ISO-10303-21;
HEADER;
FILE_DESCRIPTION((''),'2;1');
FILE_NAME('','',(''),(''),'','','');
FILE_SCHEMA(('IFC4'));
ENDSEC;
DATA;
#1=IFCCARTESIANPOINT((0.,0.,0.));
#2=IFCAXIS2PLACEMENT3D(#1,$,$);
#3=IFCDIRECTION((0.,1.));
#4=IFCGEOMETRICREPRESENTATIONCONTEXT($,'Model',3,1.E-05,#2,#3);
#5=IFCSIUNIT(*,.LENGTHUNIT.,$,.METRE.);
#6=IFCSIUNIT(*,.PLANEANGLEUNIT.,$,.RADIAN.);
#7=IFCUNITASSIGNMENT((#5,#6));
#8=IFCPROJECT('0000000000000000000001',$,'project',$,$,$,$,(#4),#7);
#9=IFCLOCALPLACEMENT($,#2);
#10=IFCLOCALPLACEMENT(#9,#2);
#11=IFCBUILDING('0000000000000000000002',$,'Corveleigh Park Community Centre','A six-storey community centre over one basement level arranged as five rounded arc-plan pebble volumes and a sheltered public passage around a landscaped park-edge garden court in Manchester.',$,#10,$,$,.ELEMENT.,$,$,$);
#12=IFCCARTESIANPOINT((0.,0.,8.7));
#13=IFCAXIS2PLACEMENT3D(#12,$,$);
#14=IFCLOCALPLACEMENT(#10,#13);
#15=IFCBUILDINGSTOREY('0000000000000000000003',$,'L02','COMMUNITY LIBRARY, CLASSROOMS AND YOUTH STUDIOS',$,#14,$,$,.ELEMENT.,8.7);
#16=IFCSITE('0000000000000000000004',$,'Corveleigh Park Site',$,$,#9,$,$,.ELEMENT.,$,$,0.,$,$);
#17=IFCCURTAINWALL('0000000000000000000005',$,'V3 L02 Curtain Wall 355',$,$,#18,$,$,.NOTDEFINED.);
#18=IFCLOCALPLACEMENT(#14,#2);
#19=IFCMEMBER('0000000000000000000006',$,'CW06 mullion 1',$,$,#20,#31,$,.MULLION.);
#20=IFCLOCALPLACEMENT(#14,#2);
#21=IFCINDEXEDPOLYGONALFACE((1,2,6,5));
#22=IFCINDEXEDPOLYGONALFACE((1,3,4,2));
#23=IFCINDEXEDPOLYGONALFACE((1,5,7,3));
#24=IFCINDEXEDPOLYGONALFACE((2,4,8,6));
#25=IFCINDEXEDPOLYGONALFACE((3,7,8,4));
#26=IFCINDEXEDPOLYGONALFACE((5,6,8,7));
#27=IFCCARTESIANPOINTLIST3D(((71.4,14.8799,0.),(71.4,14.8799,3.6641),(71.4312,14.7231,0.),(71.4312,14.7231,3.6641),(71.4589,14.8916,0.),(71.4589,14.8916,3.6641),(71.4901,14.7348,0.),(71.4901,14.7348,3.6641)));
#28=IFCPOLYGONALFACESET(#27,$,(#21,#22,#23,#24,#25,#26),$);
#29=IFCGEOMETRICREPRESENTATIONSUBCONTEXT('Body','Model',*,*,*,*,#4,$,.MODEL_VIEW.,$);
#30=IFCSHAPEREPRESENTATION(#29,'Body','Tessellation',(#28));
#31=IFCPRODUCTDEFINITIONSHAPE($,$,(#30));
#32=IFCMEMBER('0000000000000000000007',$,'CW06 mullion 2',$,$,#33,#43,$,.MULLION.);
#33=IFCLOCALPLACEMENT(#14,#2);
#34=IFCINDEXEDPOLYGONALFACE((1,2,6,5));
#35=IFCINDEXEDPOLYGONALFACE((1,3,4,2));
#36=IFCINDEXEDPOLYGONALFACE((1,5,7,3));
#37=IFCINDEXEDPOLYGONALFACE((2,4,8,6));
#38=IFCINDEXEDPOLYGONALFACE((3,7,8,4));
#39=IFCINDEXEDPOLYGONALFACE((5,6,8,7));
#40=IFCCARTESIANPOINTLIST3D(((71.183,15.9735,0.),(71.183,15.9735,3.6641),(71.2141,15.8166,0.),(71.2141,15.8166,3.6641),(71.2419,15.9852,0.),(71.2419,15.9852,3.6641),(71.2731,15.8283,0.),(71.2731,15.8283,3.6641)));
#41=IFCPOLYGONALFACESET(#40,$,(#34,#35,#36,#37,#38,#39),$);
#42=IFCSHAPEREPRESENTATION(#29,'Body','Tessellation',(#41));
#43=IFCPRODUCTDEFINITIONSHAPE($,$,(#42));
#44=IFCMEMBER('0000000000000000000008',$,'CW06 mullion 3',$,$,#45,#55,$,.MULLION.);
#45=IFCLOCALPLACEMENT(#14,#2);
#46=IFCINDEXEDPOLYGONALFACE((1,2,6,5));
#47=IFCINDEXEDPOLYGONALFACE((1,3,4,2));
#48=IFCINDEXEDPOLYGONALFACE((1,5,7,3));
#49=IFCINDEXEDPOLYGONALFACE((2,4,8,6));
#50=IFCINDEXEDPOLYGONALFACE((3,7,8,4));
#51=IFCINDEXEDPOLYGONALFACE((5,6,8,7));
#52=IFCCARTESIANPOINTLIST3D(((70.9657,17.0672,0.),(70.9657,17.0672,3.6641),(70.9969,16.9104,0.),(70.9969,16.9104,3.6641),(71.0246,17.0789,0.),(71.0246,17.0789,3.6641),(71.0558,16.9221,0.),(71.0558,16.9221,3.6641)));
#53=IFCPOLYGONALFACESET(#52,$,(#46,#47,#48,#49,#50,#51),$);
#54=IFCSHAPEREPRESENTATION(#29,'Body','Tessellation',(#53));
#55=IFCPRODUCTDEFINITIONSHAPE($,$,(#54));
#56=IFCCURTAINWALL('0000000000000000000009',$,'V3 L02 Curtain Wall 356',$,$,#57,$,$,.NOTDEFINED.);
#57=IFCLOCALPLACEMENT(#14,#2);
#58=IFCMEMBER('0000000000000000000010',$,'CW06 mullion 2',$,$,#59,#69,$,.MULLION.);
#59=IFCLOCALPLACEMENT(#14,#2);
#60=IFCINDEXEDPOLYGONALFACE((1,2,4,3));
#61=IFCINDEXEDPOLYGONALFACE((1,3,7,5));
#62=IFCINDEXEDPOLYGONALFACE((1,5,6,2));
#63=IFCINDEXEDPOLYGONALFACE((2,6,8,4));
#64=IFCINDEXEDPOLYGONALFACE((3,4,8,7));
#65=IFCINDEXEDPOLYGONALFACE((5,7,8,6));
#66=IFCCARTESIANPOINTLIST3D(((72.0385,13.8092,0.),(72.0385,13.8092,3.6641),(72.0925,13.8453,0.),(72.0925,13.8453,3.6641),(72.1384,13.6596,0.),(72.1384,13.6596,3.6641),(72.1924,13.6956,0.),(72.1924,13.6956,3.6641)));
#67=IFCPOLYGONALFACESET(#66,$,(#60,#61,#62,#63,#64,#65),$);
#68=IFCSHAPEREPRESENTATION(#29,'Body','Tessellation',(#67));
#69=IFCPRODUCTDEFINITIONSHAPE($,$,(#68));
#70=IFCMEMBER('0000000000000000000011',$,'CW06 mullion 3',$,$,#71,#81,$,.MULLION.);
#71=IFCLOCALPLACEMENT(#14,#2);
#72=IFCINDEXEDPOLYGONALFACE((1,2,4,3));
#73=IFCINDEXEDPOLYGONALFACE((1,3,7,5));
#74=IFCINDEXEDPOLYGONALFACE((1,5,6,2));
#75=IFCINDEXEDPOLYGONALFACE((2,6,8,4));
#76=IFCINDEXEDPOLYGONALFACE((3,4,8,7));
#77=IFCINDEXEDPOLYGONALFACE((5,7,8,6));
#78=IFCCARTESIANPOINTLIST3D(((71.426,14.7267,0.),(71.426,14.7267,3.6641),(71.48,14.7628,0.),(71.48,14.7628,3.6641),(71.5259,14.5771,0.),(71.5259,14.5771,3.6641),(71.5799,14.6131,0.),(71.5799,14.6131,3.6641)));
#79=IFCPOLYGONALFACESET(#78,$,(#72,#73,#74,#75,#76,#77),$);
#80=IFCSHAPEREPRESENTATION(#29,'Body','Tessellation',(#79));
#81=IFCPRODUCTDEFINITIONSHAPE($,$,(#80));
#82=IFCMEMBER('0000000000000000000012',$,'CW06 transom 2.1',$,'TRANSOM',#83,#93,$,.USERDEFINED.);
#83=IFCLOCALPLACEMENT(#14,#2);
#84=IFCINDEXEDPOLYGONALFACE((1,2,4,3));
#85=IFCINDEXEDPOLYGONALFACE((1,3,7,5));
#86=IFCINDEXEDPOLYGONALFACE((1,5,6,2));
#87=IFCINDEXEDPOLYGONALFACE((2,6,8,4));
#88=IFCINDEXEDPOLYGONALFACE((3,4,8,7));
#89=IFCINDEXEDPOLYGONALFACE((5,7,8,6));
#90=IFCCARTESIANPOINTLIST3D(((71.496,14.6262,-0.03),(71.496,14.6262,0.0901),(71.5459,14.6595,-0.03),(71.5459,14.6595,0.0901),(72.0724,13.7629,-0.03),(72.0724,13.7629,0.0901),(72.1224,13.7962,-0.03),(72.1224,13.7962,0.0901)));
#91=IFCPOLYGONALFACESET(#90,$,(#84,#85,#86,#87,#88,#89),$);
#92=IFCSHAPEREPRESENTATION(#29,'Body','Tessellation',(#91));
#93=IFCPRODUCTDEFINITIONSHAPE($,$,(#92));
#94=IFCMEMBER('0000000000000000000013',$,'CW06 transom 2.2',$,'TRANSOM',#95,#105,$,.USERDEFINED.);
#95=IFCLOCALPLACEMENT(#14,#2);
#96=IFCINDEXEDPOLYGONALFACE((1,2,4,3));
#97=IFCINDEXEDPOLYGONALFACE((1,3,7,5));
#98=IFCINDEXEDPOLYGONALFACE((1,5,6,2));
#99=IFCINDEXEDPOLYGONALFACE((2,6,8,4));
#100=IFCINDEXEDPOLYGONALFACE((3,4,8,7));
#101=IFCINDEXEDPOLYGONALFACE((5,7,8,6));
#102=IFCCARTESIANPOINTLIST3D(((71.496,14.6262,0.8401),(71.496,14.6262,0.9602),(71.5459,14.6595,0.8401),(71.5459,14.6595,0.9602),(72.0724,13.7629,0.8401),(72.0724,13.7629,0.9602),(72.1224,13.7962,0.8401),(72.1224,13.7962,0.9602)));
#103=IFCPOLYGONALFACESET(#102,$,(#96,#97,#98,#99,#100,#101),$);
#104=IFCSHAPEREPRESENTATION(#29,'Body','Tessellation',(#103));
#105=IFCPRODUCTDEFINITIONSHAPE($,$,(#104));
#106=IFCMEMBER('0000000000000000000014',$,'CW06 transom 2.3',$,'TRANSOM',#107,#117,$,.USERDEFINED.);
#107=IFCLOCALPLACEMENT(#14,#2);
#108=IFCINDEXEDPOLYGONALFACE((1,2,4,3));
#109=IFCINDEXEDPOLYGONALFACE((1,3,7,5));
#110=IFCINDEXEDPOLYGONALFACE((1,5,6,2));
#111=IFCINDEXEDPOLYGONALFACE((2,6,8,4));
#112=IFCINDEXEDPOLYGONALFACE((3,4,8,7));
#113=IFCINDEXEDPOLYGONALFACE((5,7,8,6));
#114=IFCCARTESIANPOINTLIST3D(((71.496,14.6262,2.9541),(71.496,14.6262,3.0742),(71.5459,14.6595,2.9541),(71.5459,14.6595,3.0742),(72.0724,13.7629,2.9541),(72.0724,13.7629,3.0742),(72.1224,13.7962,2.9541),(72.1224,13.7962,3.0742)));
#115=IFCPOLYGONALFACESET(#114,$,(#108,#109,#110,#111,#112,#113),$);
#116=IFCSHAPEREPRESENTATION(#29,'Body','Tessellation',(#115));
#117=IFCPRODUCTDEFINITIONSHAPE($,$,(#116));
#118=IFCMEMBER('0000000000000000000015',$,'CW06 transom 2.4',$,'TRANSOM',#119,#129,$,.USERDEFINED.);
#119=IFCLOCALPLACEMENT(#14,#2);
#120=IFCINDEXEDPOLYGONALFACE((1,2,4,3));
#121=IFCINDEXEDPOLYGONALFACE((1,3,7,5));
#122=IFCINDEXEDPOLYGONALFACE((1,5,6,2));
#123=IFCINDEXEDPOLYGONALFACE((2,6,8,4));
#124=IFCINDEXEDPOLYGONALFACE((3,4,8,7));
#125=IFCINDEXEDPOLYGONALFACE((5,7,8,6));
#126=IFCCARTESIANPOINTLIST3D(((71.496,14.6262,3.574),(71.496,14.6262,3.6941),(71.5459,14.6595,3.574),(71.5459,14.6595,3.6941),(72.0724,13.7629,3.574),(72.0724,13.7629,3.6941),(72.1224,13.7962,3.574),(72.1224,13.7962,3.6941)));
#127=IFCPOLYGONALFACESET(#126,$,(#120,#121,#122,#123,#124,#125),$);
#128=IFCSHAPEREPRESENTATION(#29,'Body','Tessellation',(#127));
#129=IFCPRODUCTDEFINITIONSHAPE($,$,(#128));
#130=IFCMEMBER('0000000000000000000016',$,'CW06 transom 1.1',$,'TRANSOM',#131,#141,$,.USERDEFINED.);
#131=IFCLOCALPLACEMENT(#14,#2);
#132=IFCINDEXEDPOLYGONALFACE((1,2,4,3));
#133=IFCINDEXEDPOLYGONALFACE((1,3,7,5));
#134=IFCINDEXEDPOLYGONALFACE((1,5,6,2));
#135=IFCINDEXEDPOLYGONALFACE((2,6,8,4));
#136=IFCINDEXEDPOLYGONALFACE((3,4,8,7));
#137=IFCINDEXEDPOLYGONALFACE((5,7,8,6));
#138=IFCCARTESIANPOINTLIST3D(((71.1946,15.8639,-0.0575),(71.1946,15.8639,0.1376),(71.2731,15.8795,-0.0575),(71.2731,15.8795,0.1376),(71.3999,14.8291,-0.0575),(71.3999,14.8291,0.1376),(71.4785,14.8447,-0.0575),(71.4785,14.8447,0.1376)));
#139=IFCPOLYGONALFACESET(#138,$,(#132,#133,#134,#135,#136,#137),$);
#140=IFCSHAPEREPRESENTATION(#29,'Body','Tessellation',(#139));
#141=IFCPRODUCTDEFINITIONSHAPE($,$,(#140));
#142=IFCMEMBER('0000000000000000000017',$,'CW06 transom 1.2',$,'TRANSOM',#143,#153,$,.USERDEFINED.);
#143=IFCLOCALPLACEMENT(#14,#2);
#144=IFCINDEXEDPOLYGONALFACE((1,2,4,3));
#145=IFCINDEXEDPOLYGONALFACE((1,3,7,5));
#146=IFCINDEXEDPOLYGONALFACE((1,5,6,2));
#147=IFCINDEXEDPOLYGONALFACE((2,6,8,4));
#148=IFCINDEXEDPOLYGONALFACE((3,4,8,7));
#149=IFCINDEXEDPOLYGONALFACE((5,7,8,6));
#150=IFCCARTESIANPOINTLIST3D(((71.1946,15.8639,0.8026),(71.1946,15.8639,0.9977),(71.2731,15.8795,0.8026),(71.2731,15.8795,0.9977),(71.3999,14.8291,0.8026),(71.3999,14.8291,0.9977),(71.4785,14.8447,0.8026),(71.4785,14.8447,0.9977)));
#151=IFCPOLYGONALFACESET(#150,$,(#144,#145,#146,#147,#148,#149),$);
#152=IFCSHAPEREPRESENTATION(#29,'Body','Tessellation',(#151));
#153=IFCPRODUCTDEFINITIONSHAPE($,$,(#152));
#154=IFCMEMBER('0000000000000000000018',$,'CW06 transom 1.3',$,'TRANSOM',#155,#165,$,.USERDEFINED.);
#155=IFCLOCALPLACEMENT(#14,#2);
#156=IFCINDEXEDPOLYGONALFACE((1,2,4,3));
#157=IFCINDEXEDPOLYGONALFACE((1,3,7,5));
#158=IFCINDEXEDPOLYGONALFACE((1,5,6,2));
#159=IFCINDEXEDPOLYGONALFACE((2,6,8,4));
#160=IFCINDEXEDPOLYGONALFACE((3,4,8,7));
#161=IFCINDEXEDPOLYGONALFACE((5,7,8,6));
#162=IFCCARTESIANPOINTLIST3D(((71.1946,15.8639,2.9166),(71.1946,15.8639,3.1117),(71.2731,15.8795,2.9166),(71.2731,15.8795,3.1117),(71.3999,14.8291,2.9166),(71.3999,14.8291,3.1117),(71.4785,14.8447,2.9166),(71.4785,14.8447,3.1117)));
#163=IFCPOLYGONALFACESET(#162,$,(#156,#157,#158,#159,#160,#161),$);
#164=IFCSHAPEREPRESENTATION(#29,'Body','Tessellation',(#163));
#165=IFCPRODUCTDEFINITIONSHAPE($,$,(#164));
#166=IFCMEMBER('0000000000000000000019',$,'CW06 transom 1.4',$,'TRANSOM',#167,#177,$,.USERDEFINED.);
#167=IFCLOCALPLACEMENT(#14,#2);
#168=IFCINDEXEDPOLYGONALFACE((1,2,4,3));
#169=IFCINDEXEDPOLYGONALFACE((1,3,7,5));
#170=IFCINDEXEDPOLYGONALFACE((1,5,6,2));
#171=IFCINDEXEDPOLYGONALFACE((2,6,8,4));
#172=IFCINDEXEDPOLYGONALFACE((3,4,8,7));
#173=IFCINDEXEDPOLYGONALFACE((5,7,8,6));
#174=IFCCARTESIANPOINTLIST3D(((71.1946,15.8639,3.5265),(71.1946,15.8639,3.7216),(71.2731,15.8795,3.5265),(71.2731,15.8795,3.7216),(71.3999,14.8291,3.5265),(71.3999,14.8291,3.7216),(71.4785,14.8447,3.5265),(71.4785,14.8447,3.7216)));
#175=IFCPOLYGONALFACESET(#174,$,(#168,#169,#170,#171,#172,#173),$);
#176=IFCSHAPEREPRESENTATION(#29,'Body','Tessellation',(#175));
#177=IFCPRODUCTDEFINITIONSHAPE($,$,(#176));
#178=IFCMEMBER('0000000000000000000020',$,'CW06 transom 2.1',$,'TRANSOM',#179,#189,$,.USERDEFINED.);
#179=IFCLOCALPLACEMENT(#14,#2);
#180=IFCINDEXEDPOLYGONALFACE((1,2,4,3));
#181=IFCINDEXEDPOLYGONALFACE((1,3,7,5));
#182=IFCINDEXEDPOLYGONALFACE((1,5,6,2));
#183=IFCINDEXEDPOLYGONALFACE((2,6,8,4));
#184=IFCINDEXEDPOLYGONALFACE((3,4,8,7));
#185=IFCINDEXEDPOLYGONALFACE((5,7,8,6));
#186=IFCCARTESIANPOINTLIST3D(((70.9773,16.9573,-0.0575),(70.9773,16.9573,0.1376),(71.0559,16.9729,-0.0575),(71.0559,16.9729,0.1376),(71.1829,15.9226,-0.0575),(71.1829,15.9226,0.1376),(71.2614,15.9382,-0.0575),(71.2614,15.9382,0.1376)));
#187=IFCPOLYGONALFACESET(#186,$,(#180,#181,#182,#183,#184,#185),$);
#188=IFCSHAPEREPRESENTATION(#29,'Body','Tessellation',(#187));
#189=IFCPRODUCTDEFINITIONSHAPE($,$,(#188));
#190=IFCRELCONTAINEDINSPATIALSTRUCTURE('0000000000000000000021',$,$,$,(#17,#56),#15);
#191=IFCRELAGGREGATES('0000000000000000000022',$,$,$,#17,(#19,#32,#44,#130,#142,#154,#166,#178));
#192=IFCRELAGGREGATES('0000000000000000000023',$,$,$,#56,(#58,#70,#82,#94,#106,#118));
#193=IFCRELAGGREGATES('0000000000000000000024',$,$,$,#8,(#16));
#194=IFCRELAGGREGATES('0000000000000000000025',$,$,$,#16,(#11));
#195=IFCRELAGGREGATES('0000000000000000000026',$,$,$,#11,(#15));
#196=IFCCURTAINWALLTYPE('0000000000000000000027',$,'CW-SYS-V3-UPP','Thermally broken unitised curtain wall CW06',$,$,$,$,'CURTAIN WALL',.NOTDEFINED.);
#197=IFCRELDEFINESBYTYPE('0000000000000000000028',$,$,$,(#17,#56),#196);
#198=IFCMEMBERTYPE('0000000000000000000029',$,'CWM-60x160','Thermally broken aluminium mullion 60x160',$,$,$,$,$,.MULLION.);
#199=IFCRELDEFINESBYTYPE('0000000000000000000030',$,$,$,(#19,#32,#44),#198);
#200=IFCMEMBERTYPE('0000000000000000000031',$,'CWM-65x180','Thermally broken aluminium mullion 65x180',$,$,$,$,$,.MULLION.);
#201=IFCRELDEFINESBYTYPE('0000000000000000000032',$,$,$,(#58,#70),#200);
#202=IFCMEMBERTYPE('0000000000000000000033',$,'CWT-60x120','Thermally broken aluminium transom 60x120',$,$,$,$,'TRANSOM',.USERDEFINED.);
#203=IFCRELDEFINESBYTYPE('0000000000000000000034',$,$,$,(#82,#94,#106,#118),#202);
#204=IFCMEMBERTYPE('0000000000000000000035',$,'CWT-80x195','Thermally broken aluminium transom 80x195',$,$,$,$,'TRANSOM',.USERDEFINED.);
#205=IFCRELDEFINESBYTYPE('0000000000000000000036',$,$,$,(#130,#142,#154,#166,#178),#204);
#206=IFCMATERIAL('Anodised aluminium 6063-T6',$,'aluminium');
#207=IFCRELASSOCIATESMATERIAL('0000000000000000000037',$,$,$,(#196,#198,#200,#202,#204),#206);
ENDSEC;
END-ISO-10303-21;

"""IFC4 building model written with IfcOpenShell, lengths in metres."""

from ifc_helpers import new_model, si_unit, direction, frame, origin, origin_2d, place, context, subcontext, project, spatial, rectangle, extrude, material, material_profile, profile_set, type_object, element, aggregate, save


model = new_model("IFC4")

# Units and contexts
model_context = context("Model", 3, precision=1e-05, world=origin(), true_north=direction((0.0, 1.0)))
body_context = subcontext(model_context, "Body", "Model", "MODEL_VIEW")
ifc_project = project(units=[si_unit("LENGTHUNIT", "METRE"), si_unit("PLANEANGLEUNIT", "RADIAN")], contexts=[model_context])

# Site, building, storey
site_placement = place(None, origin())
site = spatial("IfcSite", under=ifc_project, at=site_placement, Name="Corveleigh Park Site", CompositionType="ELEMENT", RefElevation=0.0)
building_placement = place(site_placement, origin())
building = spatial("IfcBuilding", under=site, at=building_placement, Name="Corveleigh Park Community Centre", Description="A six-storey community centre over one basement level arranged as five rounded arc-plan pebble volumes and a sheltered public passage around a landscaped park-edge garden court in Manchester.", CompositionType="ELEMENT")
storey_placement = place(building_placement, frame((0.0, 0.0, 8.7)))
storey = spatial("IfcBuildingStorey", under=building, at=storey_placement, Name="L02", Description="COMMUNITY LIBRARY, CLASSROOMS AND YOUTH STUDIOS", CompositionType="ELEMENT", Elevation=8.7)

# Curtain walls, members
ifc_material_1 = material(Name="Anodised aluminium 6063-T6", Category="aluminium")
curtain_wall_type = type_object("IfcCurtainWallType", Name="CW-SYS-V3-UPP", Description="Thermally broken unitised curtain wall CW06", ElementType="CURTAIN WALL", PredefinedType="NOTDEFINED", material=ifc_material_1)
curtain_wall_1_placement = place(storey_placement, origin())
curtain_wall_1 = element("IfcCurtainWall", 1, at=curtain_wall_1_placement, inside=storey, type_object=curtain_wall_type, Name="V3 L02 Curtain Wall 355", PredefinedType="NOTDEFINED")
ifc_material_profile_1 = material_profile(ifc_material_1, rectangle(XDim=0.0601, YDim=0.1599, at=origin_2d()), Name="ALU-M60x160", Category="aluminium")
ifc_profile_set_1 = profile_set([ifc_material_profile_1], Name="Anodised aluminium 6063-T6")
member_type_1 = type_object("IfcMemberType", Name="CWM-60x160", Description="Thermally broken aluminium mullion 60x160", PredefinedType="MULLION", material=ifc_profile_set_1)
member_1_placement = place(storey_placement, frame((71.4451, 14.8074, 0.0), z_axis=(0.0, 0.0, 1.0), x_axis=(-0.980848, -0.194772, 0.0)))
member_1 = element("IfcMember", 2, at=member_1_placement, type_object=member_type_1, Name="CW06 mullion 1", PredefinedType="MULLION", context=body_context, shape_type="SweptSolid", body=[
    extrude(rectangle(XDim=0.0601, YDim=0.1599, at=origin_2d()), origin(), (0.0, 0.0, 1.0), 3.6641),
])
member_2_placement = place(storey_placement, frame((71.228, 15.9009, 0.0), z_axis=(0.0, 0.0, 1.0), x_axis=(-0.980848, -0.194772, 0.0)))
member_2 = element("IfcMember", 3, at=member_2_placement, type_object=member_type_1, Name="CW06 mullion 2", PredefinedType="MULLION", context=body_context, shape_type="SweptSolid", body=[
    extrude(rectangle(XDim=0.0601, YDim=0.1599, at=origin_2d()), origin(), (0.0, 0.0, 1.0), 3.6641),
])
member_3_placement = place(storey_placement, frame((71.0107, 16.9946, 0.0), z_axis=(0.0, 0.0, 1.0), x_axis=(-0.980848, -0.194772, 0.0)))
member_3 = element("IfcMember", 4, at=member_3_placement, type_object=member_type_1, Name="CW06 mullion 3", PredefinedType="MULLION", context=body_context, shape_type="SweptSolid", body=[
    extrude(rectangle(XDim=0.0601, YDim=0.1599, at=origin_2d()), origin(), (0.0, 0.0, 1.0), 3.6641),
])
curtain_wall_2_placement = place(storey_placement, origin())
curtain_wall_2 = element("IfcCurtainWall", 5, at=curtain_wall_2_placement, inside=storey, type_object=curtain_wall_type, Name="V3 L02 Curtain Wall 356", PredefinedType="NOTDEFINED")
ifc_material_profile_2 = material_profile(ifc_material_1, rectangle(XDim=0.0649, YDim=0.1799, at=origin_2d()), Name="ALU-M65x180", Category="aluminium")
ifc_profile_set_2 = profile_set([ifc_material_profile_2], Name="Anodised aluminium 6063-T6")
member_type_2 = type_object("IfcMemberType", Name="CWM-65x180", Description="Thermally broken aluminium mullion 65x180", PredefinedType="MULLION", material=ifc_profile_set_2)
member_4_placement = place(storey_placement, frame((72.1155, 13.7524, 0.0), z_axis=(0.0, 0.0, 1.0), x_axis=(-0.831711, -0.555208, 0.0)))
member_4 = element("IfcMember", 6, at=member_4_placement, type_object=member_type_2, Name="CW06 mullion 2", PredefinedType="MULLION", context=body_context, shape_type="SweptSolid", body=[
    extrude(rectangle(XDim=0.0649, YDim=0.1799, at=origin_2d()), origin(), (0.0, 0.0, 1.0), 3.6641),
])
member_5_placement = place(storey_placement, frame((71.5029, 14.6699, 0.0), z_axis=(0.0, 0.0, 1.0), x_axis=(-0.831711, -0.555208, 0.0)))
member_5 = element("IfcMember", 7, at=member_5_placement, type_object=member_type_2, Name="CW06 mullion 3", PredefinedType="MULLION", context=body_context, shape_type="SweptSolid", body=[
    extrude(rectangle(XDim=0.0649, YDim=0.1799, at=origin_2d()), origin(), (0.0, 0.0, 1.0), 3.6641),
])
ifc_material_profile_3 = material_profile(ifc_material_1, rectangle(XDim=0.0601, YDim=0.1201, at=origin_2d()), Name="ALU-T60x120", Category="aluminium")
ifc_profile_set_3 = profile_set([ifc_material_profile_3], Name="Anodised aluminium 6063-T6")
member_type_3 = type_object("IfcMemberType", Name="CWT-60x120", Description="Thermally broken aluminium transom 60x120", ElementType="TRANSOM", PredefinedType="USERDEFINED", material=ifc_profile_set_3)
member_6_placement = place(storey_placement, frame((72.0974, 13.7795, 0.03), z_axis=(-0.555297, 0.831652, 0.0), x_axis=(-0.831652, -0.555297, 0.0)))
member_6 = element("IfcMember", 8, at=member_6_placement, type_object=member_type_3, Name="CW06 transom 2.1", ObjectType="TRANSOM", PredefinedType="USERDEFINED", context=body_context, shape_type="SweptSolid", body=[
    extrude(rectangle(XDim=0.0601, YDim=0.1201, at=origin_2d()), origin(), (0.0, 0.0, 1.0), 1.0381),
])
member_7_placement = place(storey_placement, frame((72.0974, 13.7795, 0.9001), z_axis=(-0.555297, 0.831652, 0.0), x_axis=(-0.831652, -0.555297, 0.0)))
member_7 = element("IfcMember", 9, at=member_7_placement, type_object=member_type_3, Name="CW06 transom 2.2", ObjectType="TRANSOM", PredefinedType="USERDEFINED", context=body_context, shape_type="SweptSolid", body=[
    extrude(rectangle(XDim=0.0601, YDim=0.1201, at=origin_2d()), origin(), (0.0, 0.0, 1.0), 1.0381),
])
member_8_placement = place(storey_placement, frame((72.0974, 13.7795, 3.0142), z_axis=(-0.555297, 0.831652, 0.0), x_axis=(-0.831652, -0.555297, 0.0)))
member_8 = element("IfcMember", 10, at=member_8_placement, type_object=member_type_3, Name="CW06 transom 2.3", ObjectType="TRANSOM", PredefinedType="USERDEFINED", context=body_context, shape_type="SweptSolid", body=[
    extrude(rectangle(XDim=0.0601, YDim=0.1201, at=origin_2d()), origin(), (0.0, 0.0, 1.0), 1.0381),
])
member_9_placement = place(storey_placement, frame((72.0974, 13.7795, 3.634), z_axis=(-0.555297, 0.831652, 0.0), x_axis=(-0.831652, -0.555297, 0.0)))
member_9 = element("IfcMember", 11, at=member_9_placement, type_object=member_type_3, Name="CW06 transom 2.4", ObjectType="TRANSOM", PredefinedType="USERDEFINED", context=body_context, shape_type="SweptSolid", body=[
    extrude(rectangle(XDim=0.0601, YDim=0.1201, at=origin_2d()), origin(), (0.0, 0.0, 1.0), 1.0381),
])

# Members
ifc_material_profile_4 = material_profile(ifc_material_1, rectangle(XDim=0.0801, YDim=0.1951, at=origin_2d()), Name="ALU-T80x195", Category="aluminium")
ifc_profile_set_4 = profile_set([ifc_material_profile_4], Name="Anodised aluminium 6063-T6")
member_type_4 = type_object("IfcMemberType", Name="CWT-80x195", Description="Thermally broken aluminium transom 80x195", ElementType="TRANSOM", PredefinedType="USERDEFINED", material=ifc_profile_set_4)
member_10_placement = place(storey_placement, frame((71.4392, 14.8369, 0.04), z_axis=(-0.194647, 0.980873, 0.0), x_axis=(-0.980873, -0.194647, 0.0)))
member_10 = element("IfcMember", 12, at=member_10_placement, type_object=member_type_4, Name="CW06 transom 1.1", ObjectType="TRANSOM", PredefinedType="USERDEFINED", context=body_context, shape_type="SweptSolid", body=[
    extrude(rectangle(XDim=0.0801, YDim=0.1951, at=origin_2d()), origin(), (0.0, 0.0, 1.0), 1.0549),
])
member_11_placement = place(storey_placement, frame((71.4392, 14.8369, 0.9001), z_axis=(-0.194647, 0.980873, 0.0), x_axis=(-0.980873, -0.194647, 0.0)))
member_11 = element("IfcMember", 13, at=member_11_placement, type_object=member_type_4, Name="CW06 transom 1.2", ObjectType="TRANSOM", PredefinedType="USERDEFINED", context=body_context, shape_type="SweptSolid", body=[
    extrude(rectangle(XDim=0.0801, YDim=0.1951, at=origin_2d()), origin(), (0.0, 0.0, 1.0), 1.0549),
])
member_12_placement = place(storey_placement, frame((71.4392, 14.8369, 3.0142), z_axis=(-0.194647, 0.980873, 0.0), x_axis=(-0.980873, -0.194647, 0.0)))
member_12 = element("IfcMember", 14, at=member_12_placement, type_object=member_type_4, Name="CW06 transom 1.3", ObjectType="TRANSOM", PredefinedType="USERDEFINED", context=body_context, shape_type="SweptSolid", body=[
    extrude(rectangle(XDim=0.0801, YDim=0.1951, at=origin_2d()), origin(), (0.0, 0.0, 1.0), 1.0549),
])
member_13_placement = place(storey_placement, frame((71.4392, 14.8369, 3.624), z_axis=(-0.194647, 0.980873, 0.0), x_axis=(-0.980873, -0.194647, 0.0)))
member_13 = element("IfcMember", 15, at=member_13_placement, type_object=member_type_4, Name="CW06 transom 1.4", ObjectType="TRANSOM", PredefinedType="USERDEFINED", context=body_context, shape_type="SweptSolid", body=[
    extrude(rectangle(XDim=0.0801, YDim=0.1951, at=origin_2d()), origin(), (0.0, 0.0, 1.0), 1.0549),
])
member_14_placement = place(storey_placement, frame((71.2222, 15.9304, 0.04), z_axis=(-0.19487, 0.980829, 0.0), x_axis=(-0.980829, -0.19487, 0.0)))
member_14 = element("IfcMember", 16, at=member_14_placement, type_object=member_type_4, Name="CW06 transom 2.1", ObjectType="TRANSOM", PredefinedType="USERDEFINED", context=body_context, shape_type="SweptSolid", body=[
    extrude(rectangle(XDim=0.0801, YDim=0.1951, at=origin_2d()), origin(), (0.0, 0.0, 1.0), 1.0549),
])

aggregate(curtain_wall_1, [member_1, member_2, member_3, member_10, member_11, member_12, member_13, member_14])
aggregate(curtain_wall_2, [member_4, member_5, member_6, member_7, member_8, member_9])

save(model, "model.ifc")
